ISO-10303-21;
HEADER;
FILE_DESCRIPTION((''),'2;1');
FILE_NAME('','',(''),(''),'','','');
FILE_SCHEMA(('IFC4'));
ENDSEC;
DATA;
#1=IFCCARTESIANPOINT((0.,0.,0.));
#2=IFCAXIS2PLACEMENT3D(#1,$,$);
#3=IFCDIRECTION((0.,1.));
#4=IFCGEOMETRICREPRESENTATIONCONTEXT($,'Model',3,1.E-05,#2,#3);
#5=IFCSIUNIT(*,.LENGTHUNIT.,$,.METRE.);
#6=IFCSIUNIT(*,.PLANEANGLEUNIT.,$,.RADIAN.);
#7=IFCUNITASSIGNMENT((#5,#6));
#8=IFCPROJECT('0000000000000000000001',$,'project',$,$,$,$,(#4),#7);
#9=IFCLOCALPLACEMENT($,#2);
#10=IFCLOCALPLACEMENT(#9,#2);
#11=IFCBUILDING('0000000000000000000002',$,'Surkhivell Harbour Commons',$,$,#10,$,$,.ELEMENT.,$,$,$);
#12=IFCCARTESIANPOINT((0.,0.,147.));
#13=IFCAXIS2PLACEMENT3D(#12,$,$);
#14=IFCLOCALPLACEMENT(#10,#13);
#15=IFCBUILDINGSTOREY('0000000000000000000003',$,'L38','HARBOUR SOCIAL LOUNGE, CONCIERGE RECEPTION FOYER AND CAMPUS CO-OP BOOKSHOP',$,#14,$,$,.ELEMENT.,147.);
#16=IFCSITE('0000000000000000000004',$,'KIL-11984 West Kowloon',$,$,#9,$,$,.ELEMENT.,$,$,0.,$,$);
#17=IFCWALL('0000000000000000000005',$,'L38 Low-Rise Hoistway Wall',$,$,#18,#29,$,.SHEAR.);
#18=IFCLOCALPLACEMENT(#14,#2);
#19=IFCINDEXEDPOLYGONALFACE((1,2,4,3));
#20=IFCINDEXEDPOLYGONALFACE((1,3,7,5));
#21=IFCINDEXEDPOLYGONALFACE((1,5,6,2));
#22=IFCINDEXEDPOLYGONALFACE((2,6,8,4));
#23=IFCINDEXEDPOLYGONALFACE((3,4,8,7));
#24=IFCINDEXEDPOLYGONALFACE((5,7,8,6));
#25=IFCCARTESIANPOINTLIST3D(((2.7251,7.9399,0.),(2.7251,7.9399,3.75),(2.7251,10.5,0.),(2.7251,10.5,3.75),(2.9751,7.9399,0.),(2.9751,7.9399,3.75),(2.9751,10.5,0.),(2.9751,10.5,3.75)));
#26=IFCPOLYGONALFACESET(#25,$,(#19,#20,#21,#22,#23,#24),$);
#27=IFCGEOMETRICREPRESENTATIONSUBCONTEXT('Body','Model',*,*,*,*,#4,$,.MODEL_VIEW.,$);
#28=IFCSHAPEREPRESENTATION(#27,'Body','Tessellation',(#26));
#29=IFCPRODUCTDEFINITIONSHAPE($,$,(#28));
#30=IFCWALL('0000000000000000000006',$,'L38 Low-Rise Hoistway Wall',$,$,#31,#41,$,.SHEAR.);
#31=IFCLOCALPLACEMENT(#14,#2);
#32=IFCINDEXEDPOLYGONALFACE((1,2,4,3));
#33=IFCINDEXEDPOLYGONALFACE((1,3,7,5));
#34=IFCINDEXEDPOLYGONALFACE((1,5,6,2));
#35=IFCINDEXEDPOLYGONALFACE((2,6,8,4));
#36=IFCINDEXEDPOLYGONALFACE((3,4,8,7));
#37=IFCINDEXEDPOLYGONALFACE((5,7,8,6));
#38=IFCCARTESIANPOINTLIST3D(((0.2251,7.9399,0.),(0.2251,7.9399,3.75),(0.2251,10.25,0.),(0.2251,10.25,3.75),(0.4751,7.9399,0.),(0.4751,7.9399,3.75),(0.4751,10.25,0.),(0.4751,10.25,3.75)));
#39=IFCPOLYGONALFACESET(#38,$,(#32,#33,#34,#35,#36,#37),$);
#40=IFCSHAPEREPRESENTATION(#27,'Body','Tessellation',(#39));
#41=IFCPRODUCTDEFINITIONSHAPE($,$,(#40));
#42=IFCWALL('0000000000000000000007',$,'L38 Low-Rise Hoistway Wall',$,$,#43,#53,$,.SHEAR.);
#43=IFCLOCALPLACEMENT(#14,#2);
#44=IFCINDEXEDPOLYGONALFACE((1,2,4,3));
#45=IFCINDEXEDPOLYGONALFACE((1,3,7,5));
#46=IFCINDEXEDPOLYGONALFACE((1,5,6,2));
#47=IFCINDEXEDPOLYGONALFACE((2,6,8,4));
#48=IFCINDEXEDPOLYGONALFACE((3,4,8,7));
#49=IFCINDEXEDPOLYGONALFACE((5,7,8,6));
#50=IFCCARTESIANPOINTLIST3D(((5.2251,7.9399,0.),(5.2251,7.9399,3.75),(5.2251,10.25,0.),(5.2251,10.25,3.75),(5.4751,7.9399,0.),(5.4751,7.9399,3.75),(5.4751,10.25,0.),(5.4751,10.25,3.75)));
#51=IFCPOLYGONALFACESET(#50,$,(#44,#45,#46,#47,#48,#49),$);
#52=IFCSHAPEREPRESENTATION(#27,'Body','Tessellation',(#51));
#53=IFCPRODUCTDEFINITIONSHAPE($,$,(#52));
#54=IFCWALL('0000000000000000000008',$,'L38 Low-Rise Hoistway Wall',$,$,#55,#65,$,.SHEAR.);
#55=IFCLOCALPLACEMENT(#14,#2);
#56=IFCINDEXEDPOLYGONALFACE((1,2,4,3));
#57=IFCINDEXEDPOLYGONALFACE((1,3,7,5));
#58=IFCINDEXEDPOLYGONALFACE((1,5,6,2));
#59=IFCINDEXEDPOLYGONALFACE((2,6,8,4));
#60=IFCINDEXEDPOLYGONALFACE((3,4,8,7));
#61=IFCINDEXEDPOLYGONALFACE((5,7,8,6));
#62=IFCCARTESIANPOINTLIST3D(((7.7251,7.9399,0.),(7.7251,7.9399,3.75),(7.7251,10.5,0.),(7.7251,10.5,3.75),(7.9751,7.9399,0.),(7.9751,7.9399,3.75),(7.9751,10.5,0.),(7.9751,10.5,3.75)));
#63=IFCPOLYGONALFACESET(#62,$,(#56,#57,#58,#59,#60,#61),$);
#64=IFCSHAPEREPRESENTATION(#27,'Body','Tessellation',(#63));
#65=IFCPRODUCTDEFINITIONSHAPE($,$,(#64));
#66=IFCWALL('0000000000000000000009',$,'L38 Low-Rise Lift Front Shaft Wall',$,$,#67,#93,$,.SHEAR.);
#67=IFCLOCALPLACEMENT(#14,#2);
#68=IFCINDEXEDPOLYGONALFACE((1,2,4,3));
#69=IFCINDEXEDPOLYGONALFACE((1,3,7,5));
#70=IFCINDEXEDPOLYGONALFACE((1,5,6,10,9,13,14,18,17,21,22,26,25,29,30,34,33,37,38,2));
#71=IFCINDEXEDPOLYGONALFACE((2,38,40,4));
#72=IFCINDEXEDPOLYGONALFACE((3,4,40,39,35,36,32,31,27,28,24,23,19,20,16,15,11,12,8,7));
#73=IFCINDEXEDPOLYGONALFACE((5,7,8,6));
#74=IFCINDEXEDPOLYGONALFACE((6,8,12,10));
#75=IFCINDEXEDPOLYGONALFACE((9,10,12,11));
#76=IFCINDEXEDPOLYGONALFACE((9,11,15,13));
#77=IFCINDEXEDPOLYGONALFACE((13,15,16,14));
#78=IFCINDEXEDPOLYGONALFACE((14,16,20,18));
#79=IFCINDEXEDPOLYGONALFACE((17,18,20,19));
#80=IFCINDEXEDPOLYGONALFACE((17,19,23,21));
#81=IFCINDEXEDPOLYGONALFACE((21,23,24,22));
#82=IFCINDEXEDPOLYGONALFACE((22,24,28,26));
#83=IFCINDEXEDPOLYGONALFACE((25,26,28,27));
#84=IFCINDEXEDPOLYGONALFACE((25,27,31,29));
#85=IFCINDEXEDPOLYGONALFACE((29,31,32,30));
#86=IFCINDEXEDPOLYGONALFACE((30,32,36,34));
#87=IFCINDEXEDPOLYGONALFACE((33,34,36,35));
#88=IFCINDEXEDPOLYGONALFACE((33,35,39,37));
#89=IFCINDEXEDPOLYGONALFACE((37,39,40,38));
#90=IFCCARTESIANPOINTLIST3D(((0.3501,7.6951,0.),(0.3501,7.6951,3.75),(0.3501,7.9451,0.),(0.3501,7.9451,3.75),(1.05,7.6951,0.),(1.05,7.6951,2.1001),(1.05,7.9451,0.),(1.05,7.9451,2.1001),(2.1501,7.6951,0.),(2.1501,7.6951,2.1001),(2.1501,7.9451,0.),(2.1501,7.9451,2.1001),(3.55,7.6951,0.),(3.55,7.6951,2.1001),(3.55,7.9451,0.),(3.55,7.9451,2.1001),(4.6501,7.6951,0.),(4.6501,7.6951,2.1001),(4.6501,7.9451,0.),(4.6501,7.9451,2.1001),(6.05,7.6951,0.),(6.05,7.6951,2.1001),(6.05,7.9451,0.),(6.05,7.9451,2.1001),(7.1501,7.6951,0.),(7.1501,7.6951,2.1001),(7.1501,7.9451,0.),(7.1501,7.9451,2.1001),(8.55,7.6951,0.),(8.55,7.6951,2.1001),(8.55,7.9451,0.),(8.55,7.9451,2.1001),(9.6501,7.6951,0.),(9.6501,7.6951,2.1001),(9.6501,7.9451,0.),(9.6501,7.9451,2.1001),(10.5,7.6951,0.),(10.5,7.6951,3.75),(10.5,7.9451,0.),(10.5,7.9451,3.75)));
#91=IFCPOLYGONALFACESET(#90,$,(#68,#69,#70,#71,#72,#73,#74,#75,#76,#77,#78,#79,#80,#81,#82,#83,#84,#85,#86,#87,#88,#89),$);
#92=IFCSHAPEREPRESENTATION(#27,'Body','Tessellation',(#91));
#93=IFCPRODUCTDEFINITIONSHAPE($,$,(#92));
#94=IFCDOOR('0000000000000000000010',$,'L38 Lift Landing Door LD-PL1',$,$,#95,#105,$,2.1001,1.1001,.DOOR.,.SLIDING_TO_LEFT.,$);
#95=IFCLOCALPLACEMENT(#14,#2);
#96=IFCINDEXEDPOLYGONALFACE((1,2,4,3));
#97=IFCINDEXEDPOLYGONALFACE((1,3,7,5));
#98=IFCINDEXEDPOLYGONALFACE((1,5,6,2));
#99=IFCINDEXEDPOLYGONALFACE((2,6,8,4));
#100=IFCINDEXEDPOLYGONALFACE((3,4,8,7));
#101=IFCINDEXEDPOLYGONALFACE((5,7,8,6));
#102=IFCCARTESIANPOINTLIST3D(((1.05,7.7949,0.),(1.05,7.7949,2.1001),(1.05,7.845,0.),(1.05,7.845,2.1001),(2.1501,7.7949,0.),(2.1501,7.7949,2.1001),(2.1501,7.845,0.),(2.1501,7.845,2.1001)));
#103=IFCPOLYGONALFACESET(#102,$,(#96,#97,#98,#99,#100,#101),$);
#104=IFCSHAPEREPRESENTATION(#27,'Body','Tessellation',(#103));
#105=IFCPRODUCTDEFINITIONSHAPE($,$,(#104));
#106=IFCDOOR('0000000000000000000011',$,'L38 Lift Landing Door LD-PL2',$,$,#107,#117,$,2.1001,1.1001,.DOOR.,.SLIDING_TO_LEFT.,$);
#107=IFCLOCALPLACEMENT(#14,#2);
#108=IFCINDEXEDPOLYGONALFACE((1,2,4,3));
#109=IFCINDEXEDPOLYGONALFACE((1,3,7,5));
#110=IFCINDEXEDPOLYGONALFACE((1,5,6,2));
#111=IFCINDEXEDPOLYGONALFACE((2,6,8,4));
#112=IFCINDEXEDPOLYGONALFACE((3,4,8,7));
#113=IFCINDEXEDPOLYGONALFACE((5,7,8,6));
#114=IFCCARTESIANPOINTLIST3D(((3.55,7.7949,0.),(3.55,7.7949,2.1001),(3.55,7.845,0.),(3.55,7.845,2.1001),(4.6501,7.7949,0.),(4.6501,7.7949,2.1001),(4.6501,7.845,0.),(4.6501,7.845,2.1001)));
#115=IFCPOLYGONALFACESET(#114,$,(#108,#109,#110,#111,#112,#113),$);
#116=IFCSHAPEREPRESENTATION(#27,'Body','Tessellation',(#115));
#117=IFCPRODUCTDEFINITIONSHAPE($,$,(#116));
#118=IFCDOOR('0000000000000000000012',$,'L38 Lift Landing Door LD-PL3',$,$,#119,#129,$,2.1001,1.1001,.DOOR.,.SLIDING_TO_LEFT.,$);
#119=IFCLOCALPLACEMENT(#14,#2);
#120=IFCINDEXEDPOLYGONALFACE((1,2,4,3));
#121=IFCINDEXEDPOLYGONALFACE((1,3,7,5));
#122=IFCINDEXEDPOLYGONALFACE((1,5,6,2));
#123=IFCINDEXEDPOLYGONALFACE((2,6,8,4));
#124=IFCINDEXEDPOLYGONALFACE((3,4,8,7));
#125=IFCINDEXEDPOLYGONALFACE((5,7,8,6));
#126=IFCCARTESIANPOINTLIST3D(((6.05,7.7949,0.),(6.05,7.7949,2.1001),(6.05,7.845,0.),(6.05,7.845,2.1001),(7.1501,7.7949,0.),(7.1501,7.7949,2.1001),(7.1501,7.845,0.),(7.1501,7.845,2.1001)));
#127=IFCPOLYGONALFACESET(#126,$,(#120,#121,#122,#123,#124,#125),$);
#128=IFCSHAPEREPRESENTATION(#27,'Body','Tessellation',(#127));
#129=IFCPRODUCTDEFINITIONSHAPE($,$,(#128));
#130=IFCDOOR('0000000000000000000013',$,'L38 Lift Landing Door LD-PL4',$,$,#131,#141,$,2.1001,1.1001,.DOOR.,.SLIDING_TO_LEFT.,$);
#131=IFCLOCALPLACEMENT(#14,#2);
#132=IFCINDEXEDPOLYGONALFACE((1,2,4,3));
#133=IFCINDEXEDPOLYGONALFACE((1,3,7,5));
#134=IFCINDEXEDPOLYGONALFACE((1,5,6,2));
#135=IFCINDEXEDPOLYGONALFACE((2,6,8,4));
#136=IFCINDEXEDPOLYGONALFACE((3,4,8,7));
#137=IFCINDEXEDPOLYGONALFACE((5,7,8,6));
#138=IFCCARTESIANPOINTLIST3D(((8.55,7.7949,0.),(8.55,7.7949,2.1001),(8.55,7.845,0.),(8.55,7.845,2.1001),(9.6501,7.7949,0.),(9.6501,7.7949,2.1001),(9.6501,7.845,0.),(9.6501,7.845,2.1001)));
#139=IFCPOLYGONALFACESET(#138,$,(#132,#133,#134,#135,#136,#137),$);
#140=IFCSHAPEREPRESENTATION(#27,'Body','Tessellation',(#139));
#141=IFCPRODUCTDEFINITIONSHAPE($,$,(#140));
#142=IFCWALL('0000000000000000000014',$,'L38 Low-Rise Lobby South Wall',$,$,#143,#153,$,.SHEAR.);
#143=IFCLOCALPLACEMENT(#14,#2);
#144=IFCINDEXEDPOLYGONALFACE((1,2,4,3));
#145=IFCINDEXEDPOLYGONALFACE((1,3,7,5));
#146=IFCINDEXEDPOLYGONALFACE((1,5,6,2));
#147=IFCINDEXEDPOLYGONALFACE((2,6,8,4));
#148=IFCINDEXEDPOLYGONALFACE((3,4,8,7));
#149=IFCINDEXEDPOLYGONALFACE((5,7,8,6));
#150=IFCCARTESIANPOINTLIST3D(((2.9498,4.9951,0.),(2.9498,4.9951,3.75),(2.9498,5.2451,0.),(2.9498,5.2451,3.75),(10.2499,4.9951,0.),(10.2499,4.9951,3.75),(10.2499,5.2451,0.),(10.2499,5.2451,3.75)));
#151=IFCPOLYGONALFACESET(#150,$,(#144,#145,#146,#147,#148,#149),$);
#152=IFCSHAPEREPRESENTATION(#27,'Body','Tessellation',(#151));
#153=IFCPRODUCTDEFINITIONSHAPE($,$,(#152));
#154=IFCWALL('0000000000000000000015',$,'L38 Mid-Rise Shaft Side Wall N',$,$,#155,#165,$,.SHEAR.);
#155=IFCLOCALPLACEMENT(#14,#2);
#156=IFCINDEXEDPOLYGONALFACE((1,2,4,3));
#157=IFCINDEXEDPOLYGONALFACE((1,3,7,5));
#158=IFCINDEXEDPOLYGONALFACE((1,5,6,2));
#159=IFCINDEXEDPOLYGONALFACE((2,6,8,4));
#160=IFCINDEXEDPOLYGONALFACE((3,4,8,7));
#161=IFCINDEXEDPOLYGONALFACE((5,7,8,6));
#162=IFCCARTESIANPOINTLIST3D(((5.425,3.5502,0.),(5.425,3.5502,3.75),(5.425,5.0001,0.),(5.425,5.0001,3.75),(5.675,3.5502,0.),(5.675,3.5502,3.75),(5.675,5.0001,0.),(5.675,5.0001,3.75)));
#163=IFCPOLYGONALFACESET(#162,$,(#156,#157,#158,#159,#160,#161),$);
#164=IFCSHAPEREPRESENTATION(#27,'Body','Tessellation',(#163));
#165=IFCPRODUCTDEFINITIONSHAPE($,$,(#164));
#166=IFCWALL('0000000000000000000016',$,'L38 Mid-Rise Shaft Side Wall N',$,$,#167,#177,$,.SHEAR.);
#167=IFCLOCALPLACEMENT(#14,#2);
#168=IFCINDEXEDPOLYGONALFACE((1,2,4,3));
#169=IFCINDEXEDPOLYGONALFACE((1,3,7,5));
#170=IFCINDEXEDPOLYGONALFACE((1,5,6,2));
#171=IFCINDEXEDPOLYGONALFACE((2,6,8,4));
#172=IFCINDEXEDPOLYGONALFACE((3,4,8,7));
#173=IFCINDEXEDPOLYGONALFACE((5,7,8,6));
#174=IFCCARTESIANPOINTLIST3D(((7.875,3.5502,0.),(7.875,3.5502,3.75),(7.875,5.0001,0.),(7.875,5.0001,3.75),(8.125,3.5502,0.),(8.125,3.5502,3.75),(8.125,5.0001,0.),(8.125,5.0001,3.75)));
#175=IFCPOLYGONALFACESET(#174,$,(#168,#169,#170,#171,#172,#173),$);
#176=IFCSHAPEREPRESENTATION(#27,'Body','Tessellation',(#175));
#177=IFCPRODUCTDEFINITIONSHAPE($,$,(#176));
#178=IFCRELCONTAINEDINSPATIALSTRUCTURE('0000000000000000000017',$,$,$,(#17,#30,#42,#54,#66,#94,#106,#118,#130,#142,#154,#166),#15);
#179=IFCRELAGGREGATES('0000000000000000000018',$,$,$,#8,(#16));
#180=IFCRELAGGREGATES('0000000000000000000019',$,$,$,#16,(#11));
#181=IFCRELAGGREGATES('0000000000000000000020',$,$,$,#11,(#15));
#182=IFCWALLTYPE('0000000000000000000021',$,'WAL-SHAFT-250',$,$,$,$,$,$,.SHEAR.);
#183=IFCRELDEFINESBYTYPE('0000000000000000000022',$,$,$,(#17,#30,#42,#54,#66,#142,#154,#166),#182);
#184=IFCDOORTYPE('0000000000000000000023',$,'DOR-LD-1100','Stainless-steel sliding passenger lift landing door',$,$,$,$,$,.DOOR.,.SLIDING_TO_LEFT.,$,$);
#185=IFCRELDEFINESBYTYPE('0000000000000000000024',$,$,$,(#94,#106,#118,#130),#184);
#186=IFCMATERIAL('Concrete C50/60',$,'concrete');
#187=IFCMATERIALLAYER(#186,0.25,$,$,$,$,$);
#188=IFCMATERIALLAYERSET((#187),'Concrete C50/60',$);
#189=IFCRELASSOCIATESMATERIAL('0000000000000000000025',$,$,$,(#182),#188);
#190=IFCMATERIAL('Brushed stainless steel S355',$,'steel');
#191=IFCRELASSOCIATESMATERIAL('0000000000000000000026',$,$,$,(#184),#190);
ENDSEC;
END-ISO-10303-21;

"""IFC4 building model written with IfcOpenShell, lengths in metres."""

from ifc_helpers import new_model, si_unit, direction, frame, frame_2d, origin, place, context, subcontext, project, spatial, rectangle, extrude, material, layer, layer_set, type_object, element, fill, save


model = new_model("IFC4")

# Units and contexts
model_context = context("Model", 3, precision=1e-05, world=origin(), true_north=direction((0.0, 1.0)))
body_context = subcontext(model_context, "Body", "Model", "MODEL_VIEW")
ifc_project = project(units=[si_unit("LENGTHUNIT", "METRE"), si_unit("PLANEANGLEUNIT", "RADIAN")], contexts=[model_context])

# Site, building, storey
site_placement = place(None, origin())
site = spatial("IfcSite", under=ifc_project, at=site_placement, Name="KIL-11984 West Kowloon", CompositionType="ELEMENT", RefElevation=0.0)
building_placement = place(site_placement, origin())
building = spatial("IfcBuilding", under=site, at=building_placement, Name="Surkhivell Harbour Commons", CompositionType="ELEMENT")
storey_placement = place(building_placement, frame((0.0, 0.0, 147.0)))
storey = spatial("IfcBuildingStorey", under=building, at=storey_placement, Name="L38", Description="HARBOUR SOCIAL LOUNGE, CONCIERGE RECEPTION FOYER AND CAMPUS CO-OP BOOKSHOP", CompositionType="ELEMENT", Elevation=147.0)

# Walls
ifc_material_1 = material(Name="Concrete C50/60", Category="concrete")
ifc_layer_1 = layer(ifc_material_1, 0.25)
ifc_layer_set_1 = layer_set([ifc_layer_1], Name="Concrete C50/60")
wall_type_1 = type_object("IfcWallType", Name="WAL-SHAFT-250", PredefinedType="SHEAR", material=ifc_layer_set_1)
wall_1_placement = place(storey_placement, frame((2.8501, 7.9399, 0.0), z_axis=(0.0, 0.0, 1.0), x_axis=(0.0, 1.0, 0.0)))
element("IfcWall", 1, at=wall_1_placement, inside=storey, type_object=wall_type_1, Name="L38 Low-Rise Hoistway Wall", PredefinedType="SHEAR", context=body_context, shape_type="SweptSolid", body=[
    extrude(rectangle(XDim=2.5601, YDim=0.25, at=frame_2d((1.28, 0.0))), origin(), (0.0, 0.0, 1.0), 3.75),
])
for number, where, z_axis, x_axis, name in (
    (2, (0.3501, 7.9399, 0.0), (0.0, 0.0, 1.0), (0.0, 1.0, 0.0), "L38 Low-Rise Hoistway Wall"),
    (3, (5.3501, 7.9399, 0.0), (0.0, 0.0, 1.0), (0.0, 1.0, 0.0), "L38 Low-Rise Hoistway Wall"),
):
    element("IfcWall", number, at=place(storey_placement, frame(where, z_axis=z_axis, x_axis=x_axis)), inside=storey, type_object=wall_type_1, Name=name, PredefinedType="SHEAR", context=body_context, shape_type="SweptSolid", body=[
        extrude(rectangle(XDim=2.3101, YDim=0.25, at=frame_2d((1.155, 0.0))), origin(), (0.0, 0.0, 1.0), 3.75),
    ])
wall_2_placement = place(storey_placement, frame((7.8501, 7.9399, 0.0), z_axis=(0.0, 0.0, 1.0), x_axis=(0.0, 1.0, 0.0)))
element("IfcWall", 4, at=wall_2_placement, inside=storey, type_object=wall_type_1, Name="L38 Low-Rise Hoistway Wall", PredefinedType="SHEAR", context=body_context, shape_type="SweptSolid", body=[
    extrude(rectangle(XDim=2.5601, YDim=0.25, at=frame_2d((1.28, 0.0))), origin(), (0.0, 0.0, 1.0), 3.75),
])

# Wall, openings, doors
wall_3_placement = place(storey_placement, frame((0.3501, 7.8201, 0.0), z_axis=(0.0, 0.0, 1.0), x_axis=(1.0, 0.0, 0.0)))
wall_3 = element("IfcWall", 5, at=wall_3_placement, inside=storey, type_object=wall_type_1, Name="L38 Low-Rise Lift Front Shaft Wall", PredefinedType="SHEAR", context=body_context, shape_type="SweptSolid", body=[
    extrude(rectangle(XDim=10.1499, YDim=0.25, at=frame_2d((5.075, 0.0))), origin(), (0.0, 0.0, 1.0), 3.75),
])
opening_1_placement = place(wall_3_placement, frame((0.7, 0.0, 0.0)))
opening_1 = element("IfcOpeningElement", 6, at=opening_1_placement, cuts=wall_3, PredefinedType="OPENING", context=body_context, shape_type="SweptSolid", body=[
    extrude(rectangle(XDim=1.1001, YDim=2.1001, at=frame_2d((0.55, 1.05))), frame((0.0, 0.135, 0.0), z_axis=(0.0, -1.0, 0.0), x_axis=(1.0, 0.0, 0.0)), (0.0, 0.0, 1.0), 0.27),
])
opening_2_placement = place(wall_3_placement, frame((3.2, 0.0, 0.0)))
opening_2 = element("IfcOpeningElement", 7, at=opening_2_placement, cuts=wall_3, PredefinedType="OPENING", context=body_context, shape_type="SweptSolid", body=[
    extrude(rectangle(XDim=1.1001, YDim=2.1001, at=frame_2d((0.55, 1.05))), frame((0.0, 0.135, 0.0), z_axis=(0.0, -1.0, 0.0), x_axis=(1.0, 0.0, 0.0)), (0.0, 0.0, 1.0), 0.27),
])
opening_3_placement = place(wall_3_placement, frame((5.7, 0.0, 0.0)))
opening_3 = element("IfcOpeningElement", 8, at=opening_3_placement, cuts=wall_3, PredefinedType="OPENING", context=body_context, shape_type="SweptSolid", body=[
    extrude(rectangle(XDim=1.1001, YDim=2.1001, at=frame_2d((0.55, 1.05))), frame((0.0, 0.135, 0.0), z_axis=(0.0, -1.0, 0.0), x_axis=(1.0, 0.0, 0.0)), (0.0, 0.0, 1.0), 0.27),
])
opening_4_placement = place(wall_3_placement, frame((8.2, 0.0, 0.0)))
opening_4 = element("IfcOpeningElement", 9, at=opening_4_placement, cuts=wall_3, PredefinedType="OPENING", context=body_context, shape_type="SweptSolid", body=[
    extrude(rectangle(XDim=1.1001, YDim=2.1001, at=frame_2d((0.55, 1.05))), frame((0.0, 0.135, 0.0), z_axis=(0.0, -1.0, 0.0), x_axis=(1.0, 0.0, 0.0)), (0.0, 0.0, 1.0), 0.27),
])
ifc_material_2 = material(Name="Brushed stainless steel S355", Category="steel")
door_type_1 = type_object("IfcDoorType", Name="DOR-LD-1100", Description="Stainless-steel sliding passenger lift landing door", OperationType="SLIDING_TO_LEFT", PredefinedType="DOOR", material=ifc_material_2)
door_1_placement = place(opening_1_placement, origin())
door_1 = element("IfcDoor", 10, at=door_1_placement, inside=storey, type_object=door_type_1, Name="L38 Lift Landing Door LD-PL1", OperationType="SLIDING_TO_LEFT", OverallHeight=2.1001, OverallWidth=1.1001, PredefinedType="DOOR", context=body_context, shape_type="SweptSolid", body=[
    extrude(rectangle(XDim=1.1001, YDim=2.1001, at=frame_2d((0.55, 1.05))), frame((0.0, 0.0249, 0.0), z_axis=(0.0, -1.0, 0.0), x_axis=(1.0, 0.0, 0.0)), (0.0, 0.0, 1.0), 0.05),
])
fill(opening_1, door_1)
door_2_placement = place(opening_2_placement, origin())
door_2 = element("IfcDoor", 11, at=door_2_placement, inside=storey, type_object=door_type_1, Name="L38 Lift Landing Door LD-PL2", OperationType="SLIDING_TO_LEFT", OverallHeight=2.1001, OverallWidth=1.1001, PredefinedType="DOOR", context=body_context, shape_type="SweptSolid", body=[
    extrude(rectangle(XDim=1.1001, YDim=2.1001, at=frame_2d((0.55, 1.05))), frame((0.0, 0.0249, 0.0), z_axis=(0.0, -1.0, 0.0), x_axis=(1.0, 0.0, 0.0)), (0.0, 0.0, 1.0), 0.05),
])
fill(opening_2, door_2)
door_3_placement = place(opening_3_placement, origin())
door_3 = element("IfcDoor", 12, at=door_3_placement, inside=storey, type_object=door_type_1, Name="L38 Lift Landing Door LD-PL3", OperationType="SLIDING_TO_LEFT", OverallHeight=2.1001, OverallWidth=1.1001, PredefinedType="DOOR", context=body_context, shape_type="SweptSolid", body=[
    extrude(rectangle(XDim=1.1001, YDim=2.1001, at=frame_2d((0.55, 1.05))), frame((0.0, 0.0249, 0.0), z_axis=(0.0, -1.0, 0.0), x_axis=(1.0, 0.0, 0.0)), (0.0, 0.0, 1.0), 0.05),
])
fill(opening_3, door_3)
door_4_placement = place(opening_4_placement, origin())
door_4 = element("IfcDoor", 13, at=door_4_placement, inside=storey, type_object=door_type_1, Name="L38 Lift Landing Door LD-PL4", OperationType="SLIDING_TO_LEFT", OverallHeight=2.1001, OverallWidth=1.1001, PredefinedType="DOOR", context=body_context, shape_type="SweptSolid", body=[
    extrude(rectangle(XDim=1.1001, YDim=2.1001, at=frame_2d((0.55, 1.05))), frame((0.0, 0.0249, 0.0), z_axis=(0.0, -1.0, 0.0), x_axis=(1.0, 0.0, 0.0)), (0.0, 0.0, 1.0), 0.05),
])
fill(opening_4, door_4)

# Walls
wall_4_placement = place(storey_placement, frame((2.95, 5.1201, 0.0), z_axis=(0.0, 0.0, 1.0), x_axis=(1.0, 0.0, 0.0)))
element("IfcWall", 14, at=wall_4_placement, inside=storey, type_object=wall_type_1, Name="L38 Low-Rise Lobby South Wall", PredefinedType="SHEAR", context=body_context, shape_type="SweptSolid", body=[
    extrude(rectangle(XDim=7.3, YDim=0.25, at=frame_2d((3.6499, 0.0))), origin(), (0.0, 0.0, 1.0), 3.75),
])
for number, where, z_axis, x_axis, name in (
    (15, (5.55, 3.55, 0.0), (0.0, 0.0, 1.0), (0.0, 1.0, 0.0), "L38 Mid-Rise Shaft Side Wall N"),
    (16, (8.0, 3.55, 0.0), (0.0, 0.0, 1.0), (0.0, 1.0, 0.0), "L38 Mid-Rise Shaft Side Wall N"),
):
    element("IfcWall", number, at=place(storey_placement, frame(where, z_axis=z_axis, x_axis=x_axis)), inside=storey, type_object=wall_type_1, Name=name, PredefinedType="SHEAR", context=body_context, shape_type="SweptSolid", body=[
        extrude(rectangle(XDim=1.45, YDim=0.25, at=frame_2d((0.7251, 0.0))), origin(), (0.0, 0.0, 1.0), 3.75),
    ])

save(model, "model.ifc")
